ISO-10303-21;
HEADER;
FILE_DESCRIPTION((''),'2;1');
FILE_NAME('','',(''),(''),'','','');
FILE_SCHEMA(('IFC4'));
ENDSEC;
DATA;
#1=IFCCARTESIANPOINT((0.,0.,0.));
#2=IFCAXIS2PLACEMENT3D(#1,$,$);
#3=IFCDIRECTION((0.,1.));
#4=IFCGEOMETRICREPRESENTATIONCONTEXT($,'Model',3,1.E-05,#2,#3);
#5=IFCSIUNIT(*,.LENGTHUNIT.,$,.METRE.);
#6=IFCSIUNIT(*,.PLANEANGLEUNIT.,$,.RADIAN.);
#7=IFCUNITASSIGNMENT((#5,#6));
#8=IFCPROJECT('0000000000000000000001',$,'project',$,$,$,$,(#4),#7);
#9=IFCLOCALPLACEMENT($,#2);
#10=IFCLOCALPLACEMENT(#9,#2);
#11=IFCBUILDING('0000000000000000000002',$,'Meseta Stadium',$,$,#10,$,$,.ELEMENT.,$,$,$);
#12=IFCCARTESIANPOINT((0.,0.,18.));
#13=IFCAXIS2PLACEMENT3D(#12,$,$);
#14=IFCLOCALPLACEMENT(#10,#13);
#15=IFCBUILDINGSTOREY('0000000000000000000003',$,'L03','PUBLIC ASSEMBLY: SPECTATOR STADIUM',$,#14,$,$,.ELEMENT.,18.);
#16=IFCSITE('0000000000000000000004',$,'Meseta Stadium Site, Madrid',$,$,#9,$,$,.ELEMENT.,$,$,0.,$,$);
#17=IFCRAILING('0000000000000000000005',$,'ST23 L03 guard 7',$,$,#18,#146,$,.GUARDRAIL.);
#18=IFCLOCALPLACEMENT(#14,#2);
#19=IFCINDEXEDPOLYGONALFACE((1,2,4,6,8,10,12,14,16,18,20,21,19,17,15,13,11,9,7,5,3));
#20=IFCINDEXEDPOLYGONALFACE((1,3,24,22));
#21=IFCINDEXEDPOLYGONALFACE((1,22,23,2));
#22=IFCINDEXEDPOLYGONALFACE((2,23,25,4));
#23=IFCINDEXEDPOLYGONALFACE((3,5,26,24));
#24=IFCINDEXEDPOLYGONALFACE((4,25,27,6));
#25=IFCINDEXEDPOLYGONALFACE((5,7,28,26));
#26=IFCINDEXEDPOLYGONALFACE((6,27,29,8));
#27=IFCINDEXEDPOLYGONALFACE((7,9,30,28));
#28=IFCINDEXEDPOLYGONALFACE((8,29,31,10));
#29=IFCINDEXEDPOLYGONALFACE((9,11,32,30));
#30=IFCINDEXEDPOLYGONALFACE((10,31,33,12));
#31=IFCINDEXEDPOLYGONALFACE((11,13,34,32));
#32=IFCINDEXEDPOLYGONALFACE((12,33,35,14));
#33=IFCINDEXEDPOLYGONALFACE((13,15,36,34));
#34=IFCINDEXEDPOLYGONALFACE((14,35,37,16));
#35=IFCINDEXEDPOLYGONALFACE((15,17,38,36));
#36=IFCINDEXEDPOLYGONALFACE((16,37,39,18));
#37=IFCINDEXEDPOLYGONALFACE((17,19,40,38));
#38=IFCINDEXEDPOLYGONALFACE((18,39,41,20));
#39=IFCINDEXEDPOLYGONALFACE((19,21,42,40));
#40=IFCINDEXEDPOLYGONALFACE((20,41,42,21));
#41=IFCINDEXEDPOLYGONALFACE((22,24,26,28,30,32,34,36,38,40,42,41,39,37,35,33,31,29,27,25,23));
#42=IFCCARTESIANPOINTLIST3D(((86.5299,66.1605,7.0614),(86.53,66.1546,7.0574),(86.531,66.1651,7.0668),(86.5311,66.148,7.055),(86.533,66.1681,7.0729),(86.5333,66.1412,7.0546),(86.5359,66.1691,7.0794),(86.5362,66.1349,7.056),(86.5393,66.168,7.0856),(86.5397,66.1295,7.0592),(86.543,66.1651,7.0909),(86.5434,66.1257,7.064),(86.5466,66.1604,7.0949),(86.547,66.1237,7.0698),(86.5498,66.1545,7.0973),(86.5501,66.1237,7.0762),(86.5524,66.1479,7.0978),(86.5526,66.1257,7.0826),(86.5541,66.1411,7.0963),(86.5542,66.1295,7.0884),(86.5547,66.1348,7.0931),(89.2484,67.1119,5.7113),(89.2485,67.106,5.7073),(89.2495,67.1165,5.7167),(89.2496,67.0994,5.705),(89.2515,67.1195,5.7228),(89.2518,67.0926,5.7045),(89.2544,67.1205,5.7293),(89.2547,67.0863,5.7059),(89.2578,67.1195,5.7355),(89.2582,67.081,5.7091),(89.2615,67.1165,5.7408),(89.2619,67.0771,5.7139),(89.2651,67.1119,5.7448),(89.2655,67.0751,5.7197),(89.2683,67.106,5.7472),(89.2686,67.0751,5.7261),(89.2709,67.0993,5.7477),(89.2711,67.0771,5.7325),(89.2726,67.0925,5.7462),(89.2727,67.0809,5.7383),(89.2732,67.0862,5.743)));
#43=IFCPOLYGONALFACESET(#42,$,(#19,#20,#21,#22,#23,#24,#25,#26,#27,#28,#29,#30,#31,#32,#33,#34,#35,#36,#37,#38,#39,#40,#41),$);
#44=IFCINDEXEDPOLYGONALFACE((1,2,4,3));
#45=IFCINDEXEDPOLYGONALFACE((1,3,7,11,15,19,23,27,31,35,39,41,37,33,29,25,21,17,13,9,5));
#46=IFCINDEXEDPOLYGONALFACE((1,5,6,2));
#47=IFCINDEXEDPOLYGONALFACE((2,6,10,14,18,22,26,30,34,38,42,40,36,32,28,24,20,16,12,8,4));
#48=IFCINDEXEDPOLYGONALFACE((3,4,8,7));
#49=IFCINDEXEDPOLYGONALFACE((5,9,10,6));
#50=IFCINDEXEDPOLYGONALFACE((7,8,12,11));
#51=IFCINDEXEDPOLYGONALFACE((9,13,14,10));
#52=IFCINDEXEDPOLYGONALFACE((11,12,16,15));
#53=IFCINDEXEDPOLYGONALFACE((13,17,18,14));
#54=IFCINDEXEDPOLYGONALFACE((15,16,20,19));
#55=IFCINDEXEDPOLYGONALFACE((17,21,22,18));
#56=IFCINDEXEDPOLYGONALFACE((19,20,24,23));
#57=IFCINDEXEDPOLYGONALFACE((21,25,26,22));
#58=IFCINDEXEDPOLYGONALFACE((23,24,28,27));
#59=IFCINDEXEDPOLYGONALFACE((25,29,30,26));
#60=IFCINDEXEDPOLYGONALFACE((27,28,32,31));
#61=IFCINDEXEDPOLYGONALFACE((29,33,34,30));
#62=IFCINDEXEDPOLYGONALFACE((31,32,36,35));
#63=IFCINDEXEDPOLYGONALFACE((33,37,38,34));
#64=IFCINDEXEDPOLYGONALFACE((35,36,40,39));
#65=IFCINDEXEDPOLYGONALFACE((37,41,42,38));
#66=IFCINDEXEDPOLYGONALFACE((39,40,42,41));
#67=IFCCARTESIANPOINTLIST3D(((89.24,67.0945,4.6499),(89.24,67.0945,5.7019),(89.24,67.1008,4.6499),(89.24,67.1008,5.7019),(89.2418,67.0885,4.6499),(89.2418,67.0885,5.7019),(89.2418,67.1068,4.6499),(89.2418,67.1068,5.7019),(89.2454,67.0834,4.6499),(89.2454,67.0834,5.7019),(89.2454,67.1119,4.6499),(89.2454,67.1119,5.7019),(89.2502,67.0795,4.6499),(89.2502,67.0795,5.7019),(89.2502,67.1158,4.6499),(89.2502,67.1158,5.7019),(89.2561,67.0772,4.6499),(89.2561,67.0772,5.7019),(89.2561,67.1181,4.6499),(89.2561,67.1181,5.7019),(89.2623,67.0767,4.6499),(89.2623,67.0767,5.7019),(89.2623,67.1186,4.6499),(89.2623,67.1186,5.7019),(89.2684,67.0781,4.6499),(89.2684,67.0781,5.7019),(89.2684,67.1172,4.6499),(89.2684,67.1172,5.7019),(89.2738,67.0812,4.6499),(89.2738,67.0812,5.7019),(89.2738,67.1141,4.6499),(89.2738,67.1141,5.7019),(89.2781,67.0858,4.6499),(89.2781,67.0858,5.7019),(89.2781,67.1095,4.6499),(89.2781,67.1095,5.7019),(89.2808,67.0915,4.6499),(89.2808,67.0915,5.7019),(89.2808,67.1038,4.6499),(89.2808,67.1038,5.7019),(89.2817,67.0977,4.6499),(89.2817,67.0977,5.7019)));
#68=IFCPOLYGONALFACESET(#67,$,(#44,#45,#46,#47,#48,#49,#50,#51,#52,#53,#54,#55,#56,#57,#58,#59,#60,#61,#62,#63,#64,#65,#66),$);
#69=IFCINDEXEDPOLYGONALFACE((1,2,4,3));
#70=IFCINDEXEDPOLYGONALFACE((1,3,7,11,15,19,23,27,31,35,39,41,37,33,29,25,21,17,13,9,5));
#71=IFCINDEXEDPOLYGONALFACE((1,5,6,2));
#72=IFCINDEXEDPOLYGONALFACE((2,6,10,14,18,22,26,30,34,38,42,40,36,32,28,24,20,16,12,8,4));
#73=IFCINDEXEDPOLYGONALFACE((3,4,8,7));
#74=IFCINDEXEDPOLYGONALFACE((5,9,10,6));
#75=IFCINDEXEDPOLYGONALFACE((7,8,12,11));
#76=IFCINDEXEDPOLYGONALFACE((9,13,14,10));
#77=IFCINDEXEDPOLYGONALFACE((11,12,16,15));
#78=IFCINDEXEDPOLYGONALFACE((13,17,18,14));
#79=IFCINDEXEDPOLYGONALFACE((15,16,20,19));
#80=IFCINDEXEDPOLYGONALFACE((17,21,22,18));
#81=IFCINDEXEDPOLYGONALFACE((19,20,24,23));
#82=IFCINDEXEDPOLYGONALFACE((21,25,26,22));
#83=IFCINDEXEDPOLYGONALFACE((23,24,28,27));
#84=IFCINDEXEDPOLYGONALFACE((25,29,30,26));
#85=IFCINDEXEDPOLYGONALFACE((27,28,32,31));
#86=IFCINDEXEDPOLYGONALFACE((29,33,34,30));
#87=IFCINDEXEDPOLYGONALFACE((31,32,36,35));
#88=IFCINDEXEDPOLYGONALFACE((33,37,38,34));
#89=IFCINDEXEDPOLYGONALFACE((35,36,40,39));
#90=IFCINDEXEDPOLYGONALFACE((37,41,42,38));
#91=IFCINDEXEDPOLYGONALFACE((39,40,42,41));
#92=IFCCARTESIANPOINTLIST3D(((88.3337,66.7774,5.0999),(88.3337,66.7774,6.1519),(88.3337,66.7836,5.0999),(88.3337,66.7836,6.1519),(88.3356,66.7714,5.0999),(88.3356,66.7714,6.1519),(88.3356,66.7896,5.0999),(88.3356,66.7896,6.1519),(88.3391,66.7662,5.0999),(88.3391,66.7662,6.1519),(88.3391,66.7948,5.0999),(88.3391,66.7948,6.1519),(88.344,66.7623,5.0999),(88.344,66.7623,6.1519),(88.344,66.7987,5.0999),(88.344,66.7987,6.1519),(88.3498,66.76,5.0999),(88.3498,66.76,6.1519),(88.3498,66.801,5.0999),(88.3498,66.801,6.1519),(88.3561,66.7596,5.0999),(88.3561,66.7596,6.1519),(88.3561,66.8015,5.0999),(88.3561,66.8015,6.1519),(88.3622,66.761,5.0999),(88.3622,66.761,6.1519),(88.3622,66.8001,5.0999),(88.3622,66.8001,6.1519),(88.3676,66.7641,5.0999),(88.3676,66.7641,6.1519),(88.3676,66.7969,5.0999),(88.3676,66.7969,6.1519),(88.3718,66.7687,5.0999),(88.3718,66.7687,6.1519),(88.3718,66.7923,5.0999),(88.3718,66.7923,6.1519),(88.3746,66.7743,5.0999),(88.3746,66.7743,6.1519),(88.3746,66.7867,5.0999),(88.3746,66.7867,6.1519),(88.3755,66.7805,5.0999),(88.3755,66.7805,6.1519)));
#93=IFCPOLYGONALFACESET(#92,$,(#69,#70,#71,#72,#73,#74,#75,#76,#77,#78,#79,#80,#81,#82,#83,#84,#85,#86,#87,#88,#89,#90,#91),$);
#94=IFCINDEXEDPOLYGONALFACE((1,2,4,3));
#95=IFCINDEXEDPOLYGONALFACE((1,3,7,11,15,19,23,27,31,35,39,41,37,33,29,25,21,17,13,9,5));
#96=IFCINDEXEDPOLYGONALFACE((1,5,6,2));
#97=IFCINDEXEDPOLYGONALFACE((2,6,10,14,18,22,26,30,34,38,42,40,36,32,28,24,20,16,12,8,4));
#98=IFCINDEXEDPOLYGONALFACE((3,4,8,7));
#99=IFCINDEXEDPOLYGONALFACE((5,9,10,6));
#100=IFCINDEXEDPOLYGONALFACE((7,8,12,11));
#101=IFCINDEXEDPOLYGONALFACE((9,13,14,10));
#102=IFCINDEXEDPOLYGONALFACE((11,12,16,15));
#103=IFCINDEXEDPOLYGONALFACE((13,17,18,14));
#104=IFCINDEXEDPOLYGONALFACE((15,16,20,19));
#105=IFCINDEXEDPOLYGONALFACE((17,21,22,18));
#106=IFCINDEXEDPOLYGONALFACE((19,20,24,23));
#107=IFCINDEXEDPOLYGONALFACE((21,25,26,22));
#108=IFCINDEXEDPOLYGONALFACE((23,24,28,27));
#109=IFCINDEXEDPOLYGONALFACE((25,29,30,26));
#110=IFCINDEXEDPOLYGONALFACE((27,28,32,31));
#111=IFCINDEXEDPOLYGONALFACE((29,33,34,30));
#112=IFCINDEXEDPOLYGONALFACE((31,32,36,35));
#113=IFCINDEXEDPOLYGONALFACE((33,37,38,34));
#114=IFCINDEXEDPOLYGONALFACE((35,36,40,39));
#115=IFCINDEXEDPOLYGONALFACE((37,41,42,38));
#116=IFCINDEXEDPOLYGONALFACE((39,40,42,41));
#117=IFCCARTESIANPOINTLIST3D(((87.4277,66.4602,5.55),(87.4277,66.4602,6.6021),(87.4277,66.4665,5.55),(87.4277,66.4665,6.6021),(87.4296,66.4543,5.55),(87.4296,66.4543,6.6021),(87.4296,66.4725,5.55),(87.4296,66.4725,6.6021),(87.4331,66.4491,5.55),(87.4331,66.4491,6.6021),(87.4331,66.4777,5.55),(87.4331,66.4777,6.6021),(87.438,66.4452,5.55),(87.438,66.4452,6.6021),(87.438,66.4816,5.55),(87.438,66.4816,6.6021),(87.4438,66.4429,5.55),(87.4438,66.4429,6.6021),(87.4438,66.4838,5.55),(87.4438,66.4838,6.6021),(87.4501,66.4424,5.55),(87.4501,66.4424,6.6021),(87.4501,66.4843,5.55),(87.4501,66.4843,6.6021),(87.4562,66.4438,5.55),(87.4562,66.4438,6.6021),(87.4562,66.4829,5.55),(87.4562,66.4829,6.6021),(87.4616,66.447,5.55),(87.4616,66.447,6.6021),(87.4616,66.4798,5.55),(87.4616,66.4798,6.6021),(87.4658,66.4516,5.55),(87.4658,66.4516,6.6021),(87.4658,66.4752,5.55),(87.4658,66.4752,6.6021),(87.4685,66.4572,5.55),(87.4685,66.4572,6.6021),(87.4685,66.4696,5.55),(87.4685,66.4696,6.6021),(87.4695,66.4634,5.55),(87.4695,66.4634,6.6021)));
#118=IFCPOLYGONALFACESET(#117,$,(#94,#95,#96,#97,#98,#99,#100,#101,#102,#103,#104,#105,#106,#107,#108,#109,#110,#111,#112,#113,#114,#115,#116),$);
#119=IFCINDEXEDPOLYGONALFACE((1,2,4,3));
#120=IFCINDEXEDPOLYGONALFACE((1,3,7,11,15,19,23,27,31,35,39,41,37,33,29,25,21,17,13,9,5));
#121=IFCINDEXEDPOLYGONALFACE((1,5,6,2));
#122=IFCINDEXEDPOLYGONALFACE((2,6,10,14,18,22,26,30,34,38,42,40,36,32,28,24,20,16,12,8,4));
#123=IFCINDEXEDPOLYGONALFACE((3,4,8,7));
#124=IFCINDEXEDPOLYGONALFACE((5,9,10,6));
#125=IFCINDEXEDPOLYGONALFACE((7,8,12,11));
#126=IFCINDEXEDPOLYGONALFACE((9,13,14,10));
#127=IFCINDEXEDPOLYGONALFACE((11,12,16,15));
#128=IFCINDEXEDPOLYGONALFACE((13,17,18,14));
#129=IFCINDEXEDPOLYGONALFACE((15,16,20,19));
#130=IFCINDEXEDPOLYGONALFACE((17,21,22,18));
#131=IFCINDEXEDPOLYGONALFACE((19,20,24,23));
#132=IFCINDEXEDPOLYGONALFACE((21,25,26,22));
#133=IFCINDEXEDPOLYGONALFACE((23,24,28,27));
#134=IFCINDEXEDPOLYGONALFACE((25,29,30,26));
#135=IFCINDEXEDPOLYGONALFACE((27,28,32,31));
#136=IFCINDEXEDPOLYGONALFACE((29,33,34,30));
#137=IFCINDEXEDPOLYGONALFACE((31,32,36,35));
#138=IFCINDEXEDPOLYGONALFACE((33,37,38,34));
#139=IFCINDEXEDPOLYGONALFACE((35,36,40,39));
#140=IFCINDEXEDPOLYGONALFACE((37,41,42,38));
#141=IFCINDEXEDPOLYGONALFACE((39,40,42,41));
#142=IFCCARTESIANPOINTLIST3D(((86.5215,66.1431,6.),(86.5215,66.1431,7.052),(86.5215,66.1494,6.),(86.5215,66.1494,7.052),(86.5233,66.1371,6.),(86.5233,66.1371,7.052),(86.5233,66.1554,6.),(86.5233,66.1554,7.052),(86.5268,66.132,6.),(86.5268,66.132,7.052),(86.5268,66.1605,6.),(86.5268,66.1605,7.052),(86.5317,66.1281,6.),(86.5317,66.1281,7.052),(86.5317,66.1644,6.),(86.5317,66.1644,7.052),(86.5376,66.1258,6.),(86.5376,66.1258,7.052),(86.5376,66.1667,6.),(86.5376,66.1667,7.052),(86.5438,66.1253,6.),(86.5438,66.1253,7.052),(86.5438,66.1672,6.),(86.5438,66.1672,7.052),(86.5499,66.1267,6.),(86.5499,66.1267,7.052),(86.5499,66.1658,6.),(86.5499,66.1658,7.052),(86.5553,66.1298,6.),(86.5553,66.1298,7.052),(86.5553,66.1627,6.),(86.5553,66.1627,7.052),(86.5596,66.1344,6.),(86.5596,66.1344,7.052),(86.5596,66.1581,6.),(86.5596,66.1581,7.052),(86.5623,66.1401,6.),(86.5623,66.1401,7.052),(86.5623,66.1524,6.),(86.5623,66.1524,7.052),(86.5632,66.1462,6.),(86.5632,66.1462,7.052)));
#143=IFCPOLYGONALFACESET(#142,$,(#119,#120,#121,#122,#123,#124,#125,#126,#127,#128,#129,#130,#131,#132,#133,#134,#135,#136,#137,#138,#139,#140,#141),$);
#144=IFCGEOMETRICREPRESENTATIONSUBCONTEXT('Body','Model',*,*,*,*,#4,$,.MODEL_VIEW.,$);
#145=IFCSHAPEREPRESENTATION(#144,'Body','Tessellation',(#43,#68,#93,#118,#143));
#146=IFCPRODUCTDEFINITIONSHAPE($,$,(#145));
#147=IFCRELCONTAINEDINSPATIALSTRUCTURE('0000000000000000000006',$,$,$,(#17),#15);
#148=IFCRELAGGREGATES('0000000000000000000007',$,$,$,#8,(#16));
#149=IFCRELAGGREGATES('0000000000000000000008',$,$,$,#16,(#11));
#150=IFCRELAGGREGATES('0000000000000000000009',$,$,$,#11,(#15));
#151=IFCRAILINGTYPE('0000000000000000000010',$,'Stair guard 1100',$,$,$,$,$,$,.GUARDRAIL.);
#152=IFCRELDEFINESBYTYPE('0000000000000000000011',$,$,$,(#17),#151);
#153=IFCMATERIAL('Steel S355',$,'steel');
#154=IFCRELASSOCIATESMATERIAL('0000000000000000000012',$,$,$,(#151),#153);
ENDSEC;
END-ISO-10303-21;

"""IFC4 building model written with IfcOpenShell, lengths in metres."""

from ifc_helpers import new_model, si_unit, direction, frame, origin, origin_2d, place, context, subcontext, project, spatial, circle, extrude, material, type_object, element, save


model = new_model("IFC4")

# Units and contexts
model_context = context("Model", 3, precision=1e-05, world=origin(), true_north=direction((0.0, 1.0)))
body_context = subcontext(model_context, "Body", "Model", "MODEL_VIEW")
ifc_project = project(units=[si_unit("LENGTHUNIT", "METRE"), si_unit("PLANEANGLEUNIT", "RADIAN")], contexts=[model_context])

# Site, building, storey
site_placement = place(None, origin())
site = spatial("IfcSite", under=ifc_project, at=site_placement, Name="Meseta Stadium Site, Madrid", CompositionType="ELEMENT", RefElevation=0.0)
building_placement = place(site_placement, origin())
building = spatial("IfcBuilding", under=site, at=building_placement, Name="Meseta Stadium", CompositionType="ELEMENT")
storey_placement = place(building_placement, frame((0.0, 0.0, 18.0)))
storey = spatial("IfcBuildingStorey", under=building, at=storey_placement, Name="L03", Description="PUBLIC ASSEMBLY: SPECTATOR STADIUM", CompositionType="ELEMENT", Elevation=18.0)

# Railing
ifc_material_1 = material(Name="Steel S355", Category="steel")
railing_type_1 = type_object("IfcRailingType", Name="Stair guard 1100", PredefinedType="GUARDRAIL", material=ifc_material_1)
railing_1_placement = place(storey_placement, frame((89.2607, 67.0977, 4.6499)))
element("IfcRailing", 1, at=railing_1_placement, inside=storey, type_object=railing_type_1, Name="ST23 L03 guard 7", PredefinedType="GUARDRAIL", context=body_context, shape_type="SweptSolid", body=[
    extrude(circle(Radius=0.0239, at=origin_2d()), frame((0.0, 0.0, 1.0762), z_axis=(-0.85463, -0.299101, 0.424437), x_axis=(0.330332, -0.943865, 0.0)), (0.0, 0.0, 1.0), 3.1809),
    extrude(circle(Radius=0.021, at=origin_2d()), origin(), (0.0, 0.0, 1.0), 1.052),
    extrude(circle(Radius=0.021, at=origin_2d()), frame((-0.9062, -0.3171, 0.45)), (0.0, 0.0, 1.0), 1.052),
    extrude(circle(Radius=0.021, at=origin_2d()), frame((-1.8123, -0.6343, 0.9001)), (0.0, 0.0, 1.0), 1.052),
    extrude(circle(Radius=0.021, at=origin_2d()), frame((-2.7185, -0.9514, 1.3501)), (0.0, 0.0, 1.0), 1.052),
])

save(model, "model.ifc")
